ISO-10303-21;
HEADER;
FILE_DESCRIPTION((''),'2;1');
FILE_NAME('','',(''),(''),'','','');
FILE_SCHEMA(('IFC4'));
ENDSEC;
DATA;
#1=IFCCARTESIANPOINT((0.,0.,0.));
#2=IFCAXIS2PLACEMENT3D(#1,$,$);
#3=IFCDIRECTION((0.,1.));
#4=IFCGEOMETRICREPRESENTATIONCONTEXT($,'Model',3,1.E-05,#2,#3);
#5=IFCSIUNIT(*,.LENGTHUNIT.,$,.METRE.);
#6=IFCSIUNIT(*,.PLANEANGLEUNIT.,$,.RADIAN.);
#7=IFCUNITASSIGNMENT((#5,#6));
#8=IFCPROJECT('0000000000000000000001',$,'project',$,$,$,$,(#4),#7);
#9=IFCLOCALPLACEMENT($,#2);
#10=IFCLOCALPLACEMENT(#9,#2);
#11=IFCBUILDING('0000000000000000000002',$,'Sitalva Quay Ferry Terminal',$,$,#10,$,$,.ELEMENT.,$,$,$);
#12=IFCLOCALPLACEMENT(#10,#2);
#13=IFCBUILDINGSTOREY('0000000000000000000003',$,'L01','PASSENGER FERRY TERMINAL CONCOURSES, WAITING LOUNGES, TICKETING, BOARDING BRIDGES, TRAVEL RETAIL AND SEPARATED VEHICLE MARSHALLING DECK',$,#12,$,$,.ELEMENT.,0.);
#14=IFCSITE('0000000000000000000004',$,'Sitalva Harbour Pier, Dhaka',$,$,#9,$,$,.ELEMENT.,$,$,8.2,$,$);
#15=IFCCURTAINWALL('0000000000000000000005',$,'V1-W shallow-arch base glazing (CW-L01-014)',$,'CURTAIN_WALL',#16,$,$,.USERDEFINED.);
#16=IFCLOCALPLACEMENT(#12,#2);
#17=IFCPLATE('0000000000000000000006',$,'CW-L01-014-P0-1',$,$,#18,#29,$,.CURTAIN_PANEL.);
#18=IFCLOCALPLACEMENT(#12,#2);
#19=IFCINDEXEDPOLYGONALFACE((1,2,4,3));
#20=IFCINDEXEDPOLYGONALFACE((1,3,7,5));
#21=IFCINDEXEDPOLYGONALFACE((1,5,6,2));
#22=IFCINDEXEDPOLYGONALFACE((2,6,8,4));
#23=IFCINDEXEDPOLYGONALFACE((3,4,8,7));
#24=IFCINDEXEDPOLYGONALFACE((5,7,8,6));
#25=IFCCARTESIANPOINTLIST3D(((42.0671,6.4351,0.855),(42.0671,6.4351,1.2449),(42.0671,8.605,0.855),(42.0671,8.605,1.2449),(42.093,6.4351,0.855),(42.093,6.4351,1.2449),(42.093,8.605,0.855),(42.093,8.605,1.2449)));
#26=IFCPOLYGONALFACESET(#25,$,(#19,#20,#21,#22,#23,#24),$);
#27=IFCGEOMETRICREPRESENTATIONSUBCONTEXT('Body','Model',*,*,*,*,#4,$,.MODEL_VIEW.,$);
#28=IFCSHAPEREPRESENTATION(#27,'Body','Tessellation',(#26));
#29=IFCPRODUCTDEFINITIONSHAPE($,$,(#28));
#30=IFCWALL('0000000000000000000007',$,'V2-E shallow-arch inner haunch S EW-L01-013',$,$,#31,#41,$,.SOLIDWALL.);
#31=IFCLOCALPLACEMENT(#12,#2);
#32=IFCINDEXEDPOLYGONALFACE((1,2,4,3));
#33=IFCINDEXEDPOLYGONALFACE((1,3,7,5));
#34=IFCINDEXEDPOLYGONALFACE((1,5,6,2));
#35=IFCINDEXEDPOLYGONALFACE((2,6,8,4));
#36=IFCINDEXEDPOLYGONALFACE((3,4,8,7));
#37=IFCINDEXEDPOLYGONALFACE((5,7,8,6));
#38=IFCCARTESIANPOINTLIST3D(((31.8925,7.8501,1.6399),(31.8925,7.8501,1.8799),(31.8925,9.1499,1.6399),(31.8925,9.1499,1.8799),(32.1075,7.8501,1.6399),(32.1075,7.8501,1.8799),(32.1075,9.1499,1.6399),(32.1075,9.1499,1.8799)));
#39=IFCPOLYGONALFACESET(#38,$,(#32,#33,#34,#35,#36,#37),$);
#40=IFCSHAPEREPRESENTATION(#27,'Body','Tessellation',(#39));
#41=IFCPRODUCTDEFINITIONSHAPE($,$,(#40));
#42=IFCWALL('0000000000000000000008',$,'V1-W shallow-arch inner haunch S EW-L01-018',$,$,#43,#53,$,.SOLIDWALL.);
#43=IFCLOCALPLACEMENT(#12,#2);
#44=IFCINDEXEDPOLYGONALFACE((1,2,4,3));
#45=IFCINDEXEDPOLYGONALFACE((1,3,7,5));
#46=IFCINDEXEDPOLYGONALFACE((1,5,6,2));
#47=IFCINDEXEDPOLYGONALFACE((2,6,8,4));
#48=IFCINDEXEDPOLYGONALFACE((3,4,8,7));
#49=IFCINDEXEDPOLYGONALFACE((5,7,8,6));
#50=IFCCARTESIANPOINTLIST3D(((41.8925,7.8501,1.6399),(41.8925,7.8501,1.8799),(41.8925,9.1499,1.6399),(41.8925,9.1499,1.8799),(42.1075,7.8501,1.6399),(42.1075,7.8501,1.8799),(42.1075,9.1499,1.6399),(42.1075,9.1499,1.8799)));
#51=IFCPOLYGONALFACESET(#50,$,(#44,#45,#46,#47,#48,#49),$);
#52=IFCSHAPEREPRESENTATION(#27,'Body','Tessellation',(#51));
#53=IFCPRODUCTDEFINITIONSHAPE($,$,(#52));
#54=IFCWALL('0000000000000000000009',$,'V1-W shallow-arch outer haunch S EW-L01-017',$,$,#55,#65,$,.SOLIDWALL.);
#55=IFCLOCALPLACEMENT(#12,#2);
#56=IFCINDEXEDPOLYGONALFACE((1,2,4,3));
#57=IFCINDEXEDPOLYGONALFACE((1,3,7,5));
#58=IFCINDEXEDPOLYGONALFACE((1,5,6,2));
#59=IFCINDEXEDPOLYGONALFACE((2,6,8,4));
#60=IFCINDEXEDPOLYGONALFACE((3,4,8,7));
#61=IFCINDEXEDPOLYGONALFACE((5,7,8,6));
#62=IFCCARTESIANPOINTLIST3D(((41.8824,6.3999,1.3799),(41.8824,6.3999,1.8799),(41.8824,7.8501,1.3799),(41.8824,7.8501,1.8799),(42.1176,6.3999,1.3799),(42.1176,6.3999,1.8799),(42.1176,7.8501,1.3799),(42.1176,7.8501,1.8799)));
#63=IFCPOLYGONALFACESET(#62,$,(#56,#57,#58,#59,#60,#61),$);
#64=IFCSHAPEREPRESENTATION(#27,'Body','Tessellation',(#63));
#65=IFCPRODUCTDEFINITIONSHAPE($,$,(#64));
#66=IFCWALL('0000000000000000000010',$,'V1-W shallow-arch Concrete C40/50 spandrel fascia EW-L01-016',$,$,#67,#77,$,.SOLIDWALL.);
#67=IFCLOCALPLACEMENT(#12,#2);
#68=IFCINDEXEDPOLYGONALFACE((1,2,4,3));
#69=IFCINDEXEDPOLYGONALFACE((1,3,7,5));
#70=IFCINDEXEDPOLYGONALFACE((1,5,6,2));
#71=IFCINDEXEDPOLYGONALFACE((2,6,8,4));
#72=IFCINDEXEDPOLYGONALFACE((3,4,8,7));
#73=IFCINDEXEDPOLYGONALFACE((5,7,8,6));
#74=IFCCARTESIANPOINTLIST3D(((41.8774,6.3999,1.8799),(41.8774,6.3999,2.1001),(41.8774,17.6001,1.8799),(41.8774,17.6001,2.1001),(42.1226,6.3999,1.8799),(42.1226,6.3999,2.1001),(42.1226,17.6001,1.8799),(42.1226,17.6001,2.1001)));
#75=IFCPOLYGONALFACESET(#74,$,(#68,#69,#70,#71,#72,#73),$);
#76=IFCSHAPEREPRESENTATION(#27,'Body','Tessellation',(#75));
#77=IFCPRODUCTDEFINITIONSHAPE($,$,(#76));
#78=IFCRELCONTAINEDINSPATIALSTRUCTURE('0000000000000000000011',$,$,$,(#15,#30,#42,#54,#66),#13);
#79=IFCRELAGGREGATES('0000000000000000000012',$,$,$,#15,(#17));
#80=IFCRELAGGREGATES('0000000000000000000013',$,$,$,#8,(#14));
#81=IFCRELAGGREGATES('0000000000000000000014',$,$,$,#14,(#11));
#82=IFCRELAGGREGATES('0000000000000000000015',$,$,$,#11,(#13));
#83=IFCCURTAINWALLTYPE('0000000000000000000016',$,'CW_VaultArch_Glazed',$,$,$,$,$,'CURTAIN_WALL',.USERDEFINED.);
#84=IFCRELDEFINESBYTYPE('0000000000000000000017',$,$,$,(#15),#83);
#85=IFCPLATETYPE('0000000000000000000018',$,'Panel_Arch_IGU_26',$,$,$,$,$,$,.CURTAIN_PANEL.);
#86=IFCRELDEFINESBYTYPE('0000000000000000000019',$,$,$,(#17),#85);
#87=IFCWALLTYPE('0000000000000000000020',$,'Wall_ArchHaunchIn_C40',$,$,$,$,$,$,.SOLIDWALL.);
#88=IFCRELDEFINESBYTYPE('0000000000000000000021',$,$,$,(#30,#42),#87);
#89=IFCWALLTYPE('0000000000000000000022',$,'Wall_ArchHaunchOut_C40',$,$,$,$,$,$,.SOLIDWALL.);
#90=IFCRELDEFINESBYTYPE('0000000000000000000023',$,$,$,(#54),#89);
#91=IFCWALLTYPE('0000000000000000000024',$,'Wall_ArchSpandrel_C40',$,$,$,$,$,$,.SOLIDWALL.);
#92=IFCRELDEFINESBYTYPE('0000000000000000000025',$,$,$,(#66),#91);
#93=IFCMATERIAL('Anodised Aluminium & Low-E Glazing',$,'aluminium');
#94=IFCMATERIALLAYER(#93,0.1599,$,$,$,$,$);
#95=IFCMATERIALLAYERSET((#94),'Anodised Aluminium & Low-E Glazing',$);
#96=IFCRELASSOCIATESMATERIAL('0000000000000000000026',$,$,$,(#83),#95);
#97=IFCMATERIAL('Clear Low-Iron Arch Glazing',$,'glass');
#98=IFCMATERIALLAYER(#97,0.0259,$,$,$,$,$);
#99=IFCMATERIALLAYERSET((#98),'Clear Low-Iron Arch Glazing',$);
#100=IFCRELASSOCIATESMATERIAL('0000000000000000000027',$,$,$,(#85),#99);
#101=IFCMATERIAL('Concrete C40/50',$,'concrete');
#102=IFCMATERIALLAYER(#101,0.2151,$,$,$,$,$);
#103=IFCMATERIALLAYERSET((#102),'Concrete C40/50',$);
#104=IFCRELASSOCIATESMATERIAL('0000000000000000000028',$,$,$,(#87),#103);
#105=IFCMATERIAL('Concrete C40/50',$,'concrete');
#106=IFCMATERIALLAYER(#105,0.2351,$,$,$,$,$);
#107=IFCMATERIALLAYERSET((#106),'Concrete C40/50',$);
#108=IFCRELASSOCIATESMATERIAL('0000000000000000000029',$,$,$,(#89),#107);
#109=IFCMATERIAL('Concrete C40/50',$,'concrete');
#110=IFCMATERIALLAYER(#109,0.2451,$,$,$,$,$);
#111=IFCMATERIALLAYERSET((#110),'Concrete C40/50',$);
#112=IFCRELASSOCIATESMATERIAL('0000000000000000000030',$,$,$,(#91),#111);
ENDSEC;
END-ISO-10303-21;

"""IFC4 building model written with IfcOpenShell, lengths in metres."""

from ifc_helpers import new_model, si_unit, direction, frame, frame_2d, origin, origin_2d, place, context, subcontext, project, spatial, rectangle, extrude, material, layer, layer_set, type_object, element, aggregate, save


model = new_model("IFC4")

# Units and contexts
model_context = context("Model", 3, precision=1e-05, world=origin(), true_north=direction((0.0, 1.0)))
body_context = subcontext(model_context, "Body", "Model", "MODEL_VIEW")
ifc_project = project(units=[si_unit("LENGTHUNIT", "METRE"), si_unit("PLANEANGLEUNIT", "RADIAN")], contexts=[model_context])

# Site, building, storey
site_placement = place(None, origin())
site = spatial("IfcSite", under=ifc_project, at=site_placement, Name="Sitalva Harbour Pier, Dhaka", CompositionType="ELEMENT", RefElevation=8.2)
building_placement = place(site_placement, origin())
building = spatial("IfcBuilding", under=site, at=building_placement, Name="Sitalva Quay Ferry Terminal", CompositionType="ELEMENT")
storey_placement = place(building_placement, origin())
storey = spatial("IfcBuildingStorey", under=building, at=storey_placement, Name="L01", Description="PASSENGER FERRY TERMINAL CONCOURSES, WAITING LOUNGES, TICKETING, BOARDING BRIDGES, TRAVEL RETAIL AND SEPARATED VEHICLE MARSHALLING DECK", CompositionType="ELEMENT", Elevation=0.0)

# Curtain wall, plate
ifc_material_1 = material(Name="Anodised Aluminium & Low-E Glazing", Category="aluminium")
ifc_layer_1 = layer(ifc_material_1, 0.1599)
ifc_layer_set_1 = layer_set([ifc_layer_1], Name="Anodised Aluminium & Low-E Glazing")
curtain_wall_type = type_object("IfcCurtainWallType", Name="CW_VaultArch_Glazed", ElementType="CURTAIN_WALL", PredefinedType="USERDEFINED", material=ifc_layer_set_1)
curtain_wall_placement = place(storey_placement, origin())
curtain_wall = element("IfcCurtainWall", 1, at=curtain_wall_placement, inside=storey, type_object=curtain_wall_type, Name="V1-W shallow-arch base glazing (CW-L01-014)", ObjectType="CURTAIN_WALL", PredefinedType="USERDEFINED")
ifc_material_2 = material(Name="Clear Low-Iron Arch Glazing", Category="glass")
ifc_layer_2 = layer(ifc_material_2, 0.0259)
ifc_layer_set_2 = layer_set([ifc_layer_2], Name="Clear Low-Iron Arch Glazing")
plate_type = type_object("IfcPlateType", Name="Panel_Arch_IGU_26", PredefinedType="CURTAIN_PANEL", material=ifc_layer_set_2)
plate_1_placement = place(storey_placement, frame((42.0801, 7.52, 0.855), z_axis=(0.0, 0.0, 1.0), x_axis=(0.0, 1.0, 0.0)))
plate_1 = element("IfcPlate", 2, at=plate_1_placement, type_object=plate_type, Name="CW-L01-014-P0-1", PredefinedType="CURTAIN_PANEL", context=body_context, shape_type="SweptSolid", body=[
    extrude(rectangle(XDim=2.1699, YDim=0.0259, at=origin_2d()), origin(), (0.0, 0.0, 1.0), 0.3899),
])
aggregate(curtain_wall, [plate_1])

# Walls
ifc_material_3 = material(Name="Concrete C40/50", Category="concrete")
ifc_layer_3 = layer(ifc_material_3, 0.2151)
ifc_layer_set_3 = layer_set([ifc_layer_3], Name="Concrete C40/50")
wall_type_1 = type_object("IfcWallType", Name="Wall_ArchHaunchIn_C40", PredefinedType="SOLIDWALL", material=ifc_layer_set_3)
for number, where, z_axis, x_axis, name in (
    (3, (32.0, 7.8501, 1.6399), (0.0, 0.0, 1.0), (0.0, 1.0, 0.0), "V2-E shallow-arch inner haunch S EW-L01-013"),
    (4, (42.0, 7.8501, 1.6399), (0.0, 0.0, 1.0), (0.0, 1.0, 0.0), "V1-W shallow-arch inner haunch S EW-L01-018"),
):
    element("IfcWall", number, at=place(storey_placement, frame(where, z_axis=z_axis, x_axis=x_axis)), inside=storey, type_object=wall_type_1, Name=name, PredefinedType="SOLIDWALL", context=body_context, shape_type="SweptSolid", body=[
        extrude(rectangle(XDim=1.2998, YDim=0.2151, at=frame_2d((0.6499, 0.0))), origin(), (0.0, 0.0, 1.0), 0.24),
    ])
ifc_material_4 = material(Name="Concrete C40/50", Category="concrete")
ifc_layer_4 = layer(ifc_material_4, 0.2351)
ifc_layer_set_4 = layer_set([ifc_layer_4], Name="Concrete C40/50")
wall_type_2 = type_object("IfcWallType", Name="Wall_ArchHaunchOut_C40", PredefinedType="SOLIDWALL", material=ifc_layer_set_4)
wall_1_placement = place(storey_placement, frame((42.0, 6.3999, 1.3799), z_axis=(0.0, 0.0, 1.0), x_axis=(0.0, 1.0, 0.0)))
element("IfcWall", 5, at=wall_1_placement, inside=storey, type_object=wall_type_2, Name="V1-W shallow-arch outer haunch S EW-L01-017", PredefinedType="SOLIDWALL", context=body_context, shape_type="SweptSolid", body=[
    extrude(rectangle(XDim=1.4502, YDim=0.2351, at=frame_2d((0.7251, 0.0))), origin(), (0.0, 0.0, 1.0), 0.5),
])
ifc_material_5 = material(Name="Concrete C40/50", Category="concrete")
ifc_layer_5 = layer(ifc_material_5, 0.2451)
ifc_layer_set_5 = layer_set([ifc_layer_5], Name="Concrete C40/50")
wall_type_3 = type_object("IfcWallType", Name="Wall_ArchSpandrel_C40", PredefinedType="SOLIDWALL", material=ifc_layer_set_5)
wall_2_placement = place(storey_placement, frame((42.0, 6.3999, 1.8799), z_axis=(0.0, 0.0, 1.0), x_axis=(0.0, 1.0, 0.0)))
element("IfcWall", 6, at=wall_2_placement, inside=storey, type_object=wall_type_3, Name="V1-W shallow-arch Concrete C40/50 spandrel fascia EW-L01-016", PredefinedType="SOLIDWALL", context=body_context, shape_type="SweptSolid", body=[
    extrude(rectangle(XDim=11.2002, YDim=0.2451, at=frame_2d((5.6001, 0.0))), origin(), (0.0, 0.0, 1.0), 0.2202),
])

save(model, "model.ifc")
